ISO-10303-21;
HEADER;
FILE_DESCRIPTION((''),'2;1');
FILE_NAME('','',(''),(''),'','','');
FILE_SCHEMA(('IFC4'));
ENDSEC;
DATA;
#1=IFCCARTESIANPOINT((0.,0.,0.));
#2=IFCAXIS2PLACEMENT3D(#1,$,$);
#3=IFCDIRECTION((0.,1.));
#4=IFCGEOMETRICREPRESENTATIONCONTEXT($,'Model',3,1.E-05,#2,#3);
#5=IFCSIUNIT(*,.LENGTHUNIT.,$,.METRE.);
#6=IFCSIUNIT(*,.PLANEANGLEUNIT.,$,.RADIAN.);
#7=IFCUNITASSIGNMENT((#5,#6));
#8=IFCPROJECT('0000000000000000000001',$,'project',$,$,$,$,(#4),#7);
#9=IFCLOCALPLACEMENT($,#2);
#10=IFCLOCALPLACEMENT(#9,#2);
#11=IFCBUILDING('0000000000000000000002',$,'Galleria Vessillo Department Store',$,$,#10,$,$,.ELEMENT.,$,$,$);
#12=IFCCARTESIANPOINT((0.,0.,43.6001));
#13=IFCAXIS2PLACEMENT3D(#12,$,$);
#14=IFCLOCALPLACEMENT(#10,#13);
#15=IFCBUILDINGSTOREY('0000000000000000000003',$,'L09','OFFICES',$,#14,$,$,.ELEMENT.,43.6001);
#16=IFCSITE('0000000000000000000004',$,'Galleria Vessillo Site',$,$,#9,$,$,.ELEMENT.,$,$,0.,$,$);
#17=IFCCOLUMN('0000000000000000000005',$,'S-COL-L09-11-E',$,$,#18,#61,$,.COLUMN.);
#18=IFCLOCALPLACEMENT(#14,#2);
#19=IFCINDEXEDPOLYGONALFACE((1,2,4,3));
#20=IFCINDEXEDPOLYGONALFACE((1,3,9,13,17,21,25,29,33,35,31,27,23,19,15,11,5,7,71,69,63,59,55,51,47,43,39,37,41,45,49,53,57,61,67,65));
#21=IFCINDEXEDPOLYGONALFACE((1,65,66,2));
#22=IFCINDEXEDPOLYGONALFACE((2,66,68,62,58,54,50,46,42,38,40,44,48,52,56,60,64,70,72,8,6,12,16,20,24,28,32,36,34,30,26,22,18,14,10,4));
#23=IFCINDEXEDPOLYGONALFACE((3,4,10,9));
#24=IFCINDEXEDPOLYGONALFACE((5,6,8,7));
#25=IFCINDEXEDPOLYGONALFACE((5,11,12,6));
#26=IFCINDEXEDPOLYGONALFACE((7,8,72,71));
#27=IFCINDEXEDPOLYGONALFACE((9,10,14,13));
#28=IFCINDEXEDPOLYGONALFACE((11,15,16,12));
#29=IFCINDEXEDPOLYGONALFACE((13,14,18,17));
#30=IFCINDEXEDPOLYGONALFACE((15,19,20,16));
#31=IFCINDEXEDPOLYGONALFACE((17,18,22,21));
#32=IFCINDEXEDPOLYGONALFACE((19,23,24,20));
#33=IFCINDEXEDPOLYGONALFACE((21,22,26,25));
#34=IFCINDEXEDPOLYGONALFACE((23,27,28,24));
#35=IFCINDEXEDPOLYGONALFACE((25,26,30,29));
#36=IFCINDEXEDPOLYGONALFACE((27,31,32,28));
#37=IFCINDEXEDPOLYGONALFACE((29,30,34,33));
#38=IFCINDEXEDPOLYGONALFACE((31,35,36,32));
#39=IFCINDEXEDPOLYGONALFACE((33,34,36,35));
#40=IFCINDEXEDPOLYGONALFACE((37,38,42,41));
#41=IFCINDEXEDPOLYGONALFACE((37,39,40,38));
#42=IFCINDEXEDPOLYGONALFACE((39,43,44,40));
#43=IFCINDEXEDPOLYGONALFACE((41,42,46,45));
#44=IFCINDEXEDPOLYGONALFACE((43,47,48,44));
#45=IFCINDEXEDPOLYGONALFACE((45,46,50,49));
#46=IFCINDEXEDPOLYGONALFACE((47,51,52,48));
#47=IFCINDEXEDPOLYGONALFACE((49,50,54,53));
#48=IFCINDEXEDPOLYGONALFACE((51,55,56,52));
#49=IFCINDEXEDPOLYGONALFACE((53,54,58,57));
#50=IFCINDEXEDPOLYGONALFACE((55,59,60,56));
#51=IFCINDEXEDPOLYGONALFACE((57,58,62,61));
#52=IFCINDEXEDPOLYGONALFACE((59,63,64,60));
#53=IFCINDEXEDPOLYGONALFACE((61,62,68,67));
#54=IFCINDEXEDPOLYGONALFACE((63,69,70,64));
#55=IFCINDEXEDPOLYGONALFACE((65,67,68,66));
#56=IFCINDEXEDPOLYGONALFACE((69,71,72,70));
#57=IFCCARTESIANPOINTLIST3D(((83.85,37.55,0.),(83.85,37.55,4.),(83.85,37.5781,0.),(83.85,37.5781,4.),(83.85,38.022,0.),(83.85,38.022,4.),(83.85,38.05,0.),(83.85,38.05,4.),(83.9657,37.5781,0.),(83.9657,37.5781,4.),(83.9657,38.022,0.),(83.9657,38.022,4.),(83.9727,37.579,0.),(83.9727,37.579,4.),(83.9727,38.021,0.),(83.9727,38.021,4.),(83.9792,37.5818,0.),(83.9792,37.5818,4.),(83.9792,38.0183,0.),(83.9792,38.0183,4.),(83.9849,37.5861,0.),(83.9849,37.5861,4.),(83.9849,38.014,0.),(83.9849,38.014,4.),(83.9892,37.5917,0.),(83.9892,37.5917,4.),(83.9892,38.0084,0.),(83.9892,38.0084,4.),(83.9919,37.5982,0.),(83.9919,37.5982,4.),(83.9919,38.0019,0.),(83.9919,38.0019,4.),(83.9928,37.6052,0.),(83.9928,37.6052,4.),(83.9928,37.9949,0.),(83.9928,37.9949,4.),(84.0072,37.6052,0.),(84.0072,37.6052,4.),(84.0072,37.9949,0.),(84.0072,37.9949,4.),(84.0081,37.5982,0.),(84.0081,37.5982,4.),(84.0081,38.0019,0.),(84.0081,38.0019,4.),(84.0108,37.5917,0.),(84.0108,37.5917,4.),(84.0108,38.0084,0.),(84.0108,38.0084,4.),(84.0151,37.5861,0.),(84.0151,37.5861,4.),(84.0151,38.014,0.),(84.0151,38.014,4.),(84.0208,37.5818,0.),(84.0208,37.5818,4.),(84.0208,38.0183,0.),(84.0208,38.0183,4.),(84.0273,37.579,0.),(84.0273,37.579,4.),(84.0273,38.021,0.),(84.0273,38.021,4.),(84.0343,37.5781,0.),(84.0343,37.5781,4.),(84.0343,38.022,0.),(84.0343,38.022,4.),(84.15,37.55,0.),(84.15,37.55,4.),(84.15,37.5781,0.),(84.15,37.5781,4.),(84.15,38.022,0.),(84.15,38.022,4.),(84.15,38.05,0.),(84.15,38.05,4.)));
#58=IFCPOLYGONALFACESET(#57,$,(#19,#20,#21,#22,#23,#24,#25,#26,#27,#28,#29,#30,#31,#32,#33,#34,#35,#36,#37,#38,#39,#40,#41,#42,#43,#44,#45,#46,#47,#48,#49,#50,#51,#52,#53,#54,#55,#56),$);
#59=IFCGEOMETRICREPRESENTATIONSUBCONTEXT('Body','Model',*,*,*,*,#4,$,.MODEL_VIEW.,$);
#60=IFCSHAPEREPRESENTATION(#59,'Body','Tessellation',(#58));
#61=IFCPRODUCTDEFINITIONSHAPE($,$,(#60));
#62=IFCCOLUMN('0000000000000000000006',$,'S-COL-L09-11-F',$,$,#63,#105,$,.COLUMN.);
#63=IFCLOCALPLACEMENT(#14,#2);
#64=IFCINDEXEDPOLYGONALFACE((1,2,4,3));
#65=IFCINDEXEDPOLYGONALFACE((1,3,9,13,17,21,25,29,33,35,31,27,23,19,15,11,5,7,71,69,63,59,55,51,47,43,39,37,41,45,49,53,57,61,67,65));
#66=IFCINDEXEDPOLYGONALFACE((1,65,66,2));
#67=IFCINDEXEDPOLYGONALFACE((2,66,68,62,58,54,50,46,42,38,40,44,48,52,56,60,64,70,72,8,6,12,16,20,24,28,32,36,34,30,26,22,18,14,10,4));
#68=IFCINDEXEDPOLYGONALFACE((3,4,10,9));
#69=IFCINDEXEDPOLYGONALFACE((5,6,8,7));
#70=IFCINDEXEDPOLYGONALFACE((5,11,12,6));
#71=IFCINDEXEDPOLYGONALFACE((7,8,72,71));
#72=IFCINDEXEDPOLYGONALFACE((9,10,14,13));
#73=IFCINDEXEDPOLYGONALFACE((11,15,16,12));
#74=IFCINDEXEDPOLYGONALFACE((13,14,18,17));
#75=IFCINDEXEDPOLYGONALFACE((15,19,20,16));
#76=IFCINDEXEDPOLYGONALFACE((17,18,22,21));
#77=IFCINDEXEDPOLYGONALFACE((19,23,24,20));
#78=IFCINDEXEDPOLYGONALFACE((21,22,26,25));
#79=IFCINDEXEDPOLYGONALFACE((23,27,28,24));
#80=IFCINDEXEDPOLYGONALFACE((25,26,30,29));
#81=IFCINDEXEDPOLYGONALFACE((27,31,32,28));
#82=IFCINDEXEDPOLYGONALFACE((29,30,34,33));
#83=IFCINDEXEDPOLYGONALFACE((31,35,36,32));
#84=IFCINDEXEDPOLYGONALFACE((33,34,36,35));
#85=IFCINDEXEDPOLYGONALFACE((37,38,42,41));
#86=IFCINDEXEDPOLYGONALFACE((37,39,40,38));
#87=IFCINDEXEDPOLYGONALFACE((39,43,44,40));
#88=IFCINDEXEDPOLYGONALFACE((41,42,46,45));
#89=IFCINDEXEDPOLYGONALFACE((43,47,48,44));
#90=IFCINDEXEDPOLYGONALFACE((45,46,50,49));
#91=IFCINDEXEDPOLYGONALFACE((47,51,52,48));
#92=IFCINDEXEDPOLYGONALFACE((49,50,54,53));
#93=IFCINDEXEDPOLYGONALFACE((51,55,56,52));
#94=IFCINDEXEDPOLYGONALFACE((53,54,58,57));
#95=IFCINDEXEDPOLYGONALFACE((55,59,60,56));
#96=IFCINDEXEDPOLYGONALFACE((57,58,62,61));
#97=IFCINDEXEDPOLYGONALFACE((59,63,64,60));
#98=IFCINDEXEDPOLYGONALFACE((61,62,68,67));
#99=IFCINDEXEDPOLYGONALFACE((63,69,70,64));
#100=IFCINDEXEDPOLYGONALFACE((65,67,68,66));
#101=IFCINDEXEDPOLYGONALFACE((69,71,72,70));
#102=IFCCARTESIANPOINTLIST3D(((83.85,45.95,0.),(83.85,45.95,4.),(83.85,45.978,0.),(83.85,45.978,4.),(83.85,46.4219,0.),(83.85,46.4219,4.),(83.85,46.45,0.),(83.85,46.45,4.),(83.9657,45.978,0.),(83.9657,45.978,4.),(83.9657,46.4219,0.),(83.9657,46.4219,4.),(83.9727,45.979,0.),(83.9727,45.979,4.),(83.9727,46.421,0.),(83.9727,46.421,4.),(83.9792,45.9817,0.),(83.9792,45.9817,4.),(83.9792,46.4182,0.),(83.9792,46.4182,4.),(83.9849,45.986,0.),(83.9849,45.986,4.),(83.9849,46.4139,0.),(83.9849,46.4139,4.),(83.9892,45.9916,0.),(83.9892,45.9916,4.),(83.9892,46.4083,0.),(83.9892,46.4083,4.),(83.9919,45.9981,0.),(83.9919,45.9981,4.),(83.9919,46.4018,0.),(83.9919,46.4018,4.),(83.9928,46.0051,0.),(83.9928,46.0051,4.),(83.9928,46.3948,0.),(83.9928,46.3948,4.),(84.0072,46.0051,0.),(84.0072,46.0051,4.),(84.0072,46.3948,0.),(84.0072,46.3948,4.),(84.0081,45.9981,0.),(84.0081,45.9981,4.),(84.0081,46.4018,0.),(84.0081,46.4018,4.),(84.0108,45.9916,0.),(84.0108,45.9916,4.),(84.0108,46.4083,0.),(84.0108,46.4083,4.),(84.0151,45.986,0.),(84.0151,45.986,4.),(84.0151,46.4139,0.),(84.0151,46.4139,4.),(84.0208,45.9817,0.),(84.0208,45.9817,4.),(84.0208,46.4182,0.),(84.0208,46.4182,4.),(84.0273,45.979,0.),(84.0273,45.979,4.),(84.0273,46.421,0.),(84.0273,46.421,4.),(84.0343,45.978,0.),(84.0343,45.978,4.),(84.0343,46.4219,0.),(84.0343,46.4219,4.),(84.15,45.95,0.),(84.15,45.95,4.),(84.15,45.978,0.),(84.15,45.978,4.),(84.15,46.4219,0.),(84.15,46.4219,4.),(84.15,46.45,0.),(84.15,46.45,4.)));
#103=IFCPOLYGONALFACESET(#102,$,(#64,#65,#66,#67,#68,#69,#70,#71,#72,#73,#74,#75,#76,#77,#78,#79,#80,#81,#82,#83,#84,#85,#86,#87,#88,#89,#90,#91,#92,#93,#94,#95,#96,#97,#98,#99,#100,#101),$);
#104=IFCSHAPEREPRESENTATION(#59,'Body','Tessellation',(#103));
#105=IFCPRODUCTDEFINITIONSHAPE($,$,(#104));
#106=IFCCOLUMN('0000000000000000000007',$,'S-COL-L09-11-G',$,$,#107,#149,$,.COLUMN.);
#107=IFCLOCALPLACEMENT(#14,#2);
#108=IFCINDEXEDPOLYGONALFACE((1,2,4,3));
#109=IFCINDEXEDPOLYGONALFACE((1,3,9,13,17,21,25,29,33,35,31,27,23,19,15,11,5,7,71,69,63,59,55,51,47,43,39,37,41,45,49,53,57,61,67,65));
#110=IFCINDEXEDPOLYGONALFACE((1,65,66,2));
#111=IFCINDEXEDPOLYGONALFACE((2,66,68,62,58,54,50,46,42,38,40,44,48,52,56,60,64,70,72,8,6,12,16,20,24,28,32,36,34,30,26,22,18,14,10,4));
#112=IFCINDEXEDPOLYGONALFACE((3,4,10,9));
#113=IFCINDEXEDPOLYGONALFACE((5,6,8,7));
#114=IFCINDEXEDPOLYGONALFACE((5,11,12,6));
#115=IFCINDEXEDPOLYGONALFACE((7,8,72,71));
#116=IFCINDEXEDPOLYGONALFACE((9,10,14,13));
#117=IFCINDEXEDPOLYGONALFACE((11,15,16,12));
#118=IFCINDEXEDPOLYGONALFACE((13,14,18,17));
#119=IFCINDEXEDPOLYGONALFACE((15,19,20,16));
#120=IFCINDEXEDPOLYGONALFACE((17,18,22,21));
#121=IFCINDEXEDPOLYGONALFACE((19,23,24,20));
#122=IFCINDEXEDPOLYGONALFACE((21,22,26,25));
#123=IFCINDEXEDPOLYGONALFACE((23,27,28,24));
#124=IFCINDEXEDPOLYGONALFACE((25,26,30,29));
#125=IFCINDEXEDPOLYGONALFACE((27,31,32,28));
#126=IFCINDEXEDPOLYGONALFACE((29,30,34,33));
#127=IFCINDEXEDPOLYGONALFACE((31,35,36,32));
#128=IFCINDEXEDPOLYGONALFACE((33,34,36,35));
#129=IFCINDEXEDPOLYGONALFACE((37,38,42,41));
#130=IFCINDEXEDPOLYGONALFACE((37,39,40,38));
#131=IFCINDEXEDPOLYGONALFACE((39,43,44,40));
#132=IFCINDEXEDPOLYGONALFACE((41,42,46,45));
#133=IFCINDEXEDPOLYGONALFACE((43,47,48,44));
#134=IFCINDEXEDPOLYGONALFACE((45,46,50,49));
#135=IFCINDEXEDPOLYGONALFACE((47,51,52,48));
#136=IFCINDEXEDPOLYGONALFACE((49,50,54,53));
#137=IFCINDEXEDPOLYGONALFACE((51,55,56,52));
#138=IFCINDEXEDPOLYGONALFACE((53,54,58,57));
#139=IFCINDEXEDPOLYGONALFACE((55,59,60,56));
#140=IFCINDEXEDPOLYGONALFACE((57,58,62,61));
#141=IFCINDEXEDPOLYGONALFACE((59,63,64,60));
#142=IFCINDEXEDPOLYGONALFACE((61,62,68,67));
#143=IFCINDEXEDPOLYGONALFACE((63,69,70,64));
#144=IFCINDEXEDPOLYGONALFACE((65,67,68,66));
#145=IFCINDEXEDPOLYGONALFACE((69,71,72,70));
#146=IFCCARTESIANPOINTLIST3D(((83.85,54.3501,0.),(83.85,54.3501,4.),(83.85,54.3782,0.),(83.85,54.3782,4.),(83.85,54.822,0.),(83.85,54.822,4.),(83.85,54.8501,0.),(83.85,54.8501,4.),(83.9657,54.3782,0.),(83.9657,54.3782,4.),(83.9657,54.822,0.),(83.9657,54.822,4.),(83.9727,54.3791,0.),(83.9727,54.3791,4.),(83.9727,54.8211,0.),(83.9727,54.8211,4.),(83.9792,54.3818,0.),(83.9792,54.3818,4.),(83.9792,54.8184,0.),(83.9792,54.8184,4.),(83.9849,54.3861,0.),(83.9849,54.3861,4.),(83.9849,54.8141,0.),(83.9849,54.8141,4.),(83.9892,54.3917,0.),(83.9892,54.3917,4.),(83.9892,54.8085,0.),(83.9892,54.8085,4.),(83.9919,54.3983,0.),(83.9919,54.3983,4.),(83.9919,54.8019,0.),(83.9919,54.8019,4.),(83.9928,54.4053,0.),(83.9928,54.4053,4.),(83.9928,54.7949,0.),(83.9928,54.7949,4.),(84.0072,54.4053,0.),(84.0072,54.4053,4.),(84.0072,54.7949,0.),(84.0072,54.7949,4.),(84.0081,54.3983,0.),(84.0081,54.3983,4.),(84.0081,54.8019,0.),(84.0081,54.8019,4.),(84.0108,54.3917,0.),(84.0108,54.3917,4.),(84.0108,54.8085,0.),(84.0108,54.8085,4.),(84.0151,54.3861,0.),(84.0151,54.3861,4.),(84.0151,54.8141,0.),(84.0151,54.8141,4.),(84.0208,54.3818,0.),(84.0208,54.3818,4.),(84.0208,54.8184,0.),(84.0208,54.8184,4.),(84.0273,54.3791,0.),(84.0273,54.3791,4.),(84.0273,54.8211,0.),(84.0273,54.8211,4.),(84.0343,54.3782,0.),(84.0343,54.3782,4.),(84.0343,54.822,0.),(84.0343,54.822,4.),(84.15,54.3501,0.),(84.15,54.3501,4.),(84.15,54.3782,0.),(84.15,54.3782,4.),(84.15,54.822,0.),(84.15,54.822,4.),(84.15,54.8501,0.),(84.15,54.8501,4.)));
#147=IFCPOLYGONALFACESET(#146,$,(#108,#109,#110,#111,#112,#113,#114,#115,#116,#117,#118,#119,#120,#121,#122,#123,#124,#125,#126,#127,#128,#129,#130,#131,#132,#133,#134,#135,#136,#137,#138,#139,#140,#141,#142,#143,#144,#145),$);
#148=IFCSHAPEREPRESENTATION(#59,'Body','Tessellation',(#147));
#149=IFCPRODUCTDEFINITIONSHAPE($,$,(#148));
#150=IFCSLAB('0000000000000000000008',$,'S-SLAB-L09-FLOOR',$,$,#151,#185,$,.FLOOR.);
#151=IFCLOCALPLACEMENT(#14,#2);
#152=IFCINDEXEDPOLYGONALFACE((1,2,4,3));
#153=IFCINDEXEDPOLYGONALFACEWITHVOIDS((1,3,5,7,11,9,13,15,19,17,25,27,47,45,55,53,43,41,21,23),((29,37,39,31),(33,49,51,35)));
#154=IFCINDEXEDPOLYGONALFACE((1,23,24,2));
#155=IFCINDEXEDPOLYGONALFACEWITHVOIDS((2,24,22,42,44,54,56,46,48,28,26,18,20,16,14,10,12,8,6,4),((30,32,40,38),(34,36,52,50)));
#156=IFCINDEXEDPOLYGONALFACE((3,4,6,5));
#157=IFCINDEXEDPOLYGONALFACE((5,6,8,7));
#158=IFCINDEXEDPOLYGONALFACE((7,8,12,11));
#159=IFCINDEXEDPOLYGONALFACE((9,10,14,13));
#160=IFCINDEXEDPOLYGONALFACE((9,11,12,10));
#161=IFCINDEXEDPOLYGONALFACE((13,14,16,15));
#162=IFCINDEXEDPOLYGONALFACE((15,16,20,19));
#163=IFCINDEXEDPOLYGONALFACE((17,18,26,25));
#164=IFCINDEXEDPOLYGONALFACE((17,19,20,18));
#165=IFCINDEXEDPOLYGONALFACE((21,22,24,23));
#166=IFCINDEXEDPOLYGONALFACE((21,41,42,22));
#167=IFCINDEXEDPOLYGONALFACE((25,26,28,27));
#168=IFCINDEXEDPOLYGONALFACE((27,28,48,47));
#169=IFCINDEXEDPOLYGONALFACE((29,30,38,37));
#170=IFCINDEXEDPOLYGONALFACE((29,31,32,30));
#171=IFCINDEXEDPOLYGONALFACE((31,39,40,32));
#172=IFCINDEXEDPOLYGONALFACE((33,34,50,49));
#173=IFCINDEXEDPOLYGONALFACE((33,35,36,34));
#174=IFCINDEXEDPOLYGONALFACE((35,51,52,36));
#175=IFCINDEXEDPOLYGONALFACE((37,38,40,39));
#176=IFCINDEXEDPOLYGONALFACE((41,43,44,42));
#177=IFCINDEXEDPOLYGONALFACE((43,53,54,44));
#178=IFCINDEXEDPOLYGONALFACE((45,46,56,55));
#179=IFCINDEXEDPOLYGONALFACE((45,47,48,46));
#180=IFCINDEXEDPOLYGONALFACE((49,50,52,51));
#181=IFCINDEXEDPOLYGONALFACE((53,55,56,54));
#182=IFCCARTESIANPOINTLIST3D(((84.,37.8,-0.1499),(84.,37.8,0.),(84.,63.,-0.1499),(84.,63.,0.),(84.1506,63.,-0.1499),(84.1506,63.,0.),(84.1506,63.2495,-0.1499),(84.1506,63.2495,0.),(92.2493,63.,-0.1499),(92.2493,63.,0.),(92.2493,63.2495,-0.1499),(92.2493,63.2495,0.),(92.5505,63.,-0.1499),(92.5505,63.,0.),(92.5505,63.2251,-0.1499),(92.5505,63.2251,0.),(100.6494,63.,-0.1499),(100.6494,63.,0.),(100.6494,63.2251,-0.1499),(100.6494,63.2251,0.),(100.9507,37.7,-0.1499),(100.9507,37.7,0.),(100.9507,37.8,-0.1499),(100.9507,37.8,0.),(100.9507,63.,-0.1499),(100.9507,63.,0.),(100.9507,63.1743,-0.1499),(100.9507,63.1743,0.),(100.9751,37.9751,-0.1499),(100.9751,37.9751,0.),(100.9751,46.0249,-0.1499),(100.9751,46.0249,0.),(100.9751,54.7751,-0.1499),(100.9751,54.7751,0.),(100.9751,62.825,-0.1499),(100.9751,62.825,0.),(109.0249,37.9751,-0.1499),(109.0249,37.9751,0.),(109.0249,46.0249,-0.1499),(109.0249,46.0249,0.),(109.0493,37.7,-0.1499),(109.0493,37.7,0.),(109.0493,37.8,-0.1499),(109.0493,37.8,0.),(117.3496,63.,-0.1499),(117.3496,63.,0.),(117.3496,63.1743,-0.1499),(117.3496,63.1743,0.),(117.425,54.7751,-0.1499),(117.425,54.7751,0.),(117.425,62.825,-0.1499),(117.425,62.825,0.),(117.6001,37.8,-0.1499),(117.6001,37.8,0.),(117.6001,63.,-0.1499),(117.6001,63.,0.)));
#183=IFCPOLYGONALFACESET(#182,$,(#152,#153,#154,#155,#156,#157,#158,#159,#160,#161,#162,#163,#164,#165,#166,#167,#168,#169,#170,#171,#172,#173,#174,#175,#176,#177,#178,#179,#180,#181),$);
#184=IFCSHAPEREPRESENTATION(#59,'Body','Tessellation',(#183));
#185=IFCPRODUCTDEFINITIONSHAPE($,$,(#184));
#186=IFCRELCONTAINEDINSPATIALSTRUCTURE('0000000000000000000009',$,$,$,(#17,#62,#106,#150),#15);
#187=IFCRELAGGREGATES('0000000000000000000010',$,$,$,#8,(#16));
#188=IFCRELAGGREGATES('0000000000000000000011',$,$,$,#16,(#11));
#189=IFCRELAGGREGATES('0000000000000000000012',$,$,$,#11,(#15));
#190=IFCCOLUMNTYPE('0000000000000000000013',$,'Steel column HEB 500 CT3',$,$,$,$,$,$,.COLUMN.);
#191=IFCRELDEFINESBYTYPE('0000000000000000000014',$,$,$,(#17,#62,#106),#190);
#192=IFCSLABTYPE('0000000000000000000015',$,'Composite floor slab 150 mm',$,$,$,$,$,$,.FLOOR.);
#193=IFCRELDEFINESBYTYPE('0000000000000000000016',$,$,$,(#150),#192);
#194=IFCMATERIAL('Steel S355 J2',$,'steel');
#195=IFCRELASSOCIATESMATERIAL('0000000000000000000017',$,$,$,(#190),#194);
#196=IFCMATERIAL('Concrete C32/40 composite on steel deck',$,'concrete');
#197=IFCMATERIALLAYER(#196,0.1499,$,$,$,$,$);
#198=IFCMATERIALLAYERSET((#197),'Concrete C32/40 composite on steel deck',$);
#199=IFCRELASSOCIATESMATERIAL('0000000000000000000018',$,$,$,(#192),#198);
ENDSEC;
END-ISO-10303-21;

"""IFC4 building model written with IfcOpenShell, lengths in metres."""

from ifc_helpers import new_model, si_unit, direction, frame, origin, origin_2d, place, context, subcontext, project, spatial, polyline, i_section, outline, extrude, material, layer, layer_set, material_profile, profile_set, type_object, element, save


model = new_model("IFC4")

# Units and contexts
model_context = context("Model", 3, precision=1e-05, world=origin(), true_north=direction((0.0, 1.0)))
body_context = subcontext(model_context, "Body", "Model", "MODEL_VIEW")
ifc_project = project(units=[si_unit("LENGTHUNIT", "METRE"), si_unit("PLANEANGLEUNIT", "RADIAN")], contexts=[model_context])

# Site, building, storey
site_placement = place(None, origin())
site = spatial("IfcSite", under=ifc_project, at=site_placement, Name="Galleria Vessillo Site", CompositionType="ELEMENT", RefElevation=0.0)
building_placement = place(site_placement, origin())
building = spatial("IfcBuilding", under=site, at=building_placement, Name="Galleria Vessillo Department Store", CompositionType="ELEMENT")
storey_placement = place(building_placement, frame((0.0, 0.0, 43.6001)))
storey = spatial("IfcBuildingStorey", under=building, at=storey_placement, Name="L09", Description="OFFICES", CompositionType="ELEMENT", Elevation=43.6001)

# Columns
ifc_material_1 = material(Name="Steel S355 J2", Category="steel")
ifc_material_profile = material_profile(ifc_material_1, i_section(OverallWidth=0.3, OverallDepth=0.5, WebThickness=0.0144, FlangeThickness=0.0281, FilletRadius=0.0271, at=origin_2d()), Name="HEB 500")
ifc_profile_set = profile_set([ifc_material_profile], Name="Steel S355 J2")
column_type = type_object("IfcColumnType", Name="Steel column HEB 500 CT3", PredefinedType="COLUMN", material=ifc_profile_set)
for number, where, z_axis, x_axis, name in (
    (1, (84.0, 37.8, 0.0), (0.0, 0.0, 1.0), (1.0, 0.0, 0.0), "S-COL-L09-11-E"),
    (2, (84.0, 46.2, 0.0), (0.0, 0.0, 1.0), (1.0, 0.0, 0.0), "S-COL-L09-11-F"),
    (3, (84.0, 54.6001, 0.0), (0.0, 0.0, 1.0), (1.0, 0.0, 0.0), "S-COL-L09-11-G"),
):
    element("IfcColumn", number, at=place(storey_placement, frame(where, z_axis=z_axis, x_axis=x_axis)), inside=storey, type_object=column_type, Name=name, PredefinedType="COLUMN", context=body_context, shape_type="SweptSolid", body=[
        extrude(i_section(OverallWidth=0.3, OverallDepth=0.5, WebThickness=0.0144, FlangeThickness=0.0281, FilletRadius=0.0271, at=origin_2d()), origin(), (0.0, 0.0, 1.0), 4.0),
    ])

# Slab
ifc_material_2 = material(Name="Concrete C32/40 composite on steel deck", Category="concrete")
ifc_layer_1 = layer(ifc_material_2, 0.1499)
ifc_layer_set_1 = layer_set([ifc_layer_1], Name="Concrete C32/40 composite on steel deck")
slab_type_1 = type_object("IfcSlabType", Name="Composite floor slab 150 mm", PredefinedType="FLOOR", material=ifc_layer_set_1)
slab_1_placement = place(storey_placement, frame((0.0, 0.0, -0.1499)))
element("IfcSlab", 4, at=slab_1_placement, inside=storey, type_object=slab_type_1, Name="S-SLAB-L09-FLOOR", PredefinedType="FLOOR", context=body_context, shape_type="SweptSolid", body=[
    extrude(outline(polyline([(84.0, 37.8), (84.0, 63.0), (84.1506, 63.0), (84.1506, 63.2495), (92.2493, 63.2495), (92.2493, 63.0), (92.5505, 63.0), (92.5505, 63.2251), (100.6494, 63.2251), (100.6494, 63.0), (100.9507, 63.0), (100.9507, 63.1743), (117.3496, 63.1743), (117.3496, 63.0), (117.6001, 63.0), (117.6001, 37.8), (109.0493, 37.8), (109.0493, 37.7), (100.9507, 37.7), (100.9507, 37.8), (84.0, 37.8)]), holes=[polyline([(109.0249, 37.9751), (109.0249, 46.0249), (100.9751, 46.0249), (100.9751, 37.9751), (109.0249, 37.9751)]), polyline([(117.425, 54.7751), (117.425, 62.825), (100.9751, 62.825), (100.9751, 54.7751), (117.425, 54.7751)])]), origin(), (0.0, 0.0, 1.0), 0.1499),
])

save(model, "model.ifc")
